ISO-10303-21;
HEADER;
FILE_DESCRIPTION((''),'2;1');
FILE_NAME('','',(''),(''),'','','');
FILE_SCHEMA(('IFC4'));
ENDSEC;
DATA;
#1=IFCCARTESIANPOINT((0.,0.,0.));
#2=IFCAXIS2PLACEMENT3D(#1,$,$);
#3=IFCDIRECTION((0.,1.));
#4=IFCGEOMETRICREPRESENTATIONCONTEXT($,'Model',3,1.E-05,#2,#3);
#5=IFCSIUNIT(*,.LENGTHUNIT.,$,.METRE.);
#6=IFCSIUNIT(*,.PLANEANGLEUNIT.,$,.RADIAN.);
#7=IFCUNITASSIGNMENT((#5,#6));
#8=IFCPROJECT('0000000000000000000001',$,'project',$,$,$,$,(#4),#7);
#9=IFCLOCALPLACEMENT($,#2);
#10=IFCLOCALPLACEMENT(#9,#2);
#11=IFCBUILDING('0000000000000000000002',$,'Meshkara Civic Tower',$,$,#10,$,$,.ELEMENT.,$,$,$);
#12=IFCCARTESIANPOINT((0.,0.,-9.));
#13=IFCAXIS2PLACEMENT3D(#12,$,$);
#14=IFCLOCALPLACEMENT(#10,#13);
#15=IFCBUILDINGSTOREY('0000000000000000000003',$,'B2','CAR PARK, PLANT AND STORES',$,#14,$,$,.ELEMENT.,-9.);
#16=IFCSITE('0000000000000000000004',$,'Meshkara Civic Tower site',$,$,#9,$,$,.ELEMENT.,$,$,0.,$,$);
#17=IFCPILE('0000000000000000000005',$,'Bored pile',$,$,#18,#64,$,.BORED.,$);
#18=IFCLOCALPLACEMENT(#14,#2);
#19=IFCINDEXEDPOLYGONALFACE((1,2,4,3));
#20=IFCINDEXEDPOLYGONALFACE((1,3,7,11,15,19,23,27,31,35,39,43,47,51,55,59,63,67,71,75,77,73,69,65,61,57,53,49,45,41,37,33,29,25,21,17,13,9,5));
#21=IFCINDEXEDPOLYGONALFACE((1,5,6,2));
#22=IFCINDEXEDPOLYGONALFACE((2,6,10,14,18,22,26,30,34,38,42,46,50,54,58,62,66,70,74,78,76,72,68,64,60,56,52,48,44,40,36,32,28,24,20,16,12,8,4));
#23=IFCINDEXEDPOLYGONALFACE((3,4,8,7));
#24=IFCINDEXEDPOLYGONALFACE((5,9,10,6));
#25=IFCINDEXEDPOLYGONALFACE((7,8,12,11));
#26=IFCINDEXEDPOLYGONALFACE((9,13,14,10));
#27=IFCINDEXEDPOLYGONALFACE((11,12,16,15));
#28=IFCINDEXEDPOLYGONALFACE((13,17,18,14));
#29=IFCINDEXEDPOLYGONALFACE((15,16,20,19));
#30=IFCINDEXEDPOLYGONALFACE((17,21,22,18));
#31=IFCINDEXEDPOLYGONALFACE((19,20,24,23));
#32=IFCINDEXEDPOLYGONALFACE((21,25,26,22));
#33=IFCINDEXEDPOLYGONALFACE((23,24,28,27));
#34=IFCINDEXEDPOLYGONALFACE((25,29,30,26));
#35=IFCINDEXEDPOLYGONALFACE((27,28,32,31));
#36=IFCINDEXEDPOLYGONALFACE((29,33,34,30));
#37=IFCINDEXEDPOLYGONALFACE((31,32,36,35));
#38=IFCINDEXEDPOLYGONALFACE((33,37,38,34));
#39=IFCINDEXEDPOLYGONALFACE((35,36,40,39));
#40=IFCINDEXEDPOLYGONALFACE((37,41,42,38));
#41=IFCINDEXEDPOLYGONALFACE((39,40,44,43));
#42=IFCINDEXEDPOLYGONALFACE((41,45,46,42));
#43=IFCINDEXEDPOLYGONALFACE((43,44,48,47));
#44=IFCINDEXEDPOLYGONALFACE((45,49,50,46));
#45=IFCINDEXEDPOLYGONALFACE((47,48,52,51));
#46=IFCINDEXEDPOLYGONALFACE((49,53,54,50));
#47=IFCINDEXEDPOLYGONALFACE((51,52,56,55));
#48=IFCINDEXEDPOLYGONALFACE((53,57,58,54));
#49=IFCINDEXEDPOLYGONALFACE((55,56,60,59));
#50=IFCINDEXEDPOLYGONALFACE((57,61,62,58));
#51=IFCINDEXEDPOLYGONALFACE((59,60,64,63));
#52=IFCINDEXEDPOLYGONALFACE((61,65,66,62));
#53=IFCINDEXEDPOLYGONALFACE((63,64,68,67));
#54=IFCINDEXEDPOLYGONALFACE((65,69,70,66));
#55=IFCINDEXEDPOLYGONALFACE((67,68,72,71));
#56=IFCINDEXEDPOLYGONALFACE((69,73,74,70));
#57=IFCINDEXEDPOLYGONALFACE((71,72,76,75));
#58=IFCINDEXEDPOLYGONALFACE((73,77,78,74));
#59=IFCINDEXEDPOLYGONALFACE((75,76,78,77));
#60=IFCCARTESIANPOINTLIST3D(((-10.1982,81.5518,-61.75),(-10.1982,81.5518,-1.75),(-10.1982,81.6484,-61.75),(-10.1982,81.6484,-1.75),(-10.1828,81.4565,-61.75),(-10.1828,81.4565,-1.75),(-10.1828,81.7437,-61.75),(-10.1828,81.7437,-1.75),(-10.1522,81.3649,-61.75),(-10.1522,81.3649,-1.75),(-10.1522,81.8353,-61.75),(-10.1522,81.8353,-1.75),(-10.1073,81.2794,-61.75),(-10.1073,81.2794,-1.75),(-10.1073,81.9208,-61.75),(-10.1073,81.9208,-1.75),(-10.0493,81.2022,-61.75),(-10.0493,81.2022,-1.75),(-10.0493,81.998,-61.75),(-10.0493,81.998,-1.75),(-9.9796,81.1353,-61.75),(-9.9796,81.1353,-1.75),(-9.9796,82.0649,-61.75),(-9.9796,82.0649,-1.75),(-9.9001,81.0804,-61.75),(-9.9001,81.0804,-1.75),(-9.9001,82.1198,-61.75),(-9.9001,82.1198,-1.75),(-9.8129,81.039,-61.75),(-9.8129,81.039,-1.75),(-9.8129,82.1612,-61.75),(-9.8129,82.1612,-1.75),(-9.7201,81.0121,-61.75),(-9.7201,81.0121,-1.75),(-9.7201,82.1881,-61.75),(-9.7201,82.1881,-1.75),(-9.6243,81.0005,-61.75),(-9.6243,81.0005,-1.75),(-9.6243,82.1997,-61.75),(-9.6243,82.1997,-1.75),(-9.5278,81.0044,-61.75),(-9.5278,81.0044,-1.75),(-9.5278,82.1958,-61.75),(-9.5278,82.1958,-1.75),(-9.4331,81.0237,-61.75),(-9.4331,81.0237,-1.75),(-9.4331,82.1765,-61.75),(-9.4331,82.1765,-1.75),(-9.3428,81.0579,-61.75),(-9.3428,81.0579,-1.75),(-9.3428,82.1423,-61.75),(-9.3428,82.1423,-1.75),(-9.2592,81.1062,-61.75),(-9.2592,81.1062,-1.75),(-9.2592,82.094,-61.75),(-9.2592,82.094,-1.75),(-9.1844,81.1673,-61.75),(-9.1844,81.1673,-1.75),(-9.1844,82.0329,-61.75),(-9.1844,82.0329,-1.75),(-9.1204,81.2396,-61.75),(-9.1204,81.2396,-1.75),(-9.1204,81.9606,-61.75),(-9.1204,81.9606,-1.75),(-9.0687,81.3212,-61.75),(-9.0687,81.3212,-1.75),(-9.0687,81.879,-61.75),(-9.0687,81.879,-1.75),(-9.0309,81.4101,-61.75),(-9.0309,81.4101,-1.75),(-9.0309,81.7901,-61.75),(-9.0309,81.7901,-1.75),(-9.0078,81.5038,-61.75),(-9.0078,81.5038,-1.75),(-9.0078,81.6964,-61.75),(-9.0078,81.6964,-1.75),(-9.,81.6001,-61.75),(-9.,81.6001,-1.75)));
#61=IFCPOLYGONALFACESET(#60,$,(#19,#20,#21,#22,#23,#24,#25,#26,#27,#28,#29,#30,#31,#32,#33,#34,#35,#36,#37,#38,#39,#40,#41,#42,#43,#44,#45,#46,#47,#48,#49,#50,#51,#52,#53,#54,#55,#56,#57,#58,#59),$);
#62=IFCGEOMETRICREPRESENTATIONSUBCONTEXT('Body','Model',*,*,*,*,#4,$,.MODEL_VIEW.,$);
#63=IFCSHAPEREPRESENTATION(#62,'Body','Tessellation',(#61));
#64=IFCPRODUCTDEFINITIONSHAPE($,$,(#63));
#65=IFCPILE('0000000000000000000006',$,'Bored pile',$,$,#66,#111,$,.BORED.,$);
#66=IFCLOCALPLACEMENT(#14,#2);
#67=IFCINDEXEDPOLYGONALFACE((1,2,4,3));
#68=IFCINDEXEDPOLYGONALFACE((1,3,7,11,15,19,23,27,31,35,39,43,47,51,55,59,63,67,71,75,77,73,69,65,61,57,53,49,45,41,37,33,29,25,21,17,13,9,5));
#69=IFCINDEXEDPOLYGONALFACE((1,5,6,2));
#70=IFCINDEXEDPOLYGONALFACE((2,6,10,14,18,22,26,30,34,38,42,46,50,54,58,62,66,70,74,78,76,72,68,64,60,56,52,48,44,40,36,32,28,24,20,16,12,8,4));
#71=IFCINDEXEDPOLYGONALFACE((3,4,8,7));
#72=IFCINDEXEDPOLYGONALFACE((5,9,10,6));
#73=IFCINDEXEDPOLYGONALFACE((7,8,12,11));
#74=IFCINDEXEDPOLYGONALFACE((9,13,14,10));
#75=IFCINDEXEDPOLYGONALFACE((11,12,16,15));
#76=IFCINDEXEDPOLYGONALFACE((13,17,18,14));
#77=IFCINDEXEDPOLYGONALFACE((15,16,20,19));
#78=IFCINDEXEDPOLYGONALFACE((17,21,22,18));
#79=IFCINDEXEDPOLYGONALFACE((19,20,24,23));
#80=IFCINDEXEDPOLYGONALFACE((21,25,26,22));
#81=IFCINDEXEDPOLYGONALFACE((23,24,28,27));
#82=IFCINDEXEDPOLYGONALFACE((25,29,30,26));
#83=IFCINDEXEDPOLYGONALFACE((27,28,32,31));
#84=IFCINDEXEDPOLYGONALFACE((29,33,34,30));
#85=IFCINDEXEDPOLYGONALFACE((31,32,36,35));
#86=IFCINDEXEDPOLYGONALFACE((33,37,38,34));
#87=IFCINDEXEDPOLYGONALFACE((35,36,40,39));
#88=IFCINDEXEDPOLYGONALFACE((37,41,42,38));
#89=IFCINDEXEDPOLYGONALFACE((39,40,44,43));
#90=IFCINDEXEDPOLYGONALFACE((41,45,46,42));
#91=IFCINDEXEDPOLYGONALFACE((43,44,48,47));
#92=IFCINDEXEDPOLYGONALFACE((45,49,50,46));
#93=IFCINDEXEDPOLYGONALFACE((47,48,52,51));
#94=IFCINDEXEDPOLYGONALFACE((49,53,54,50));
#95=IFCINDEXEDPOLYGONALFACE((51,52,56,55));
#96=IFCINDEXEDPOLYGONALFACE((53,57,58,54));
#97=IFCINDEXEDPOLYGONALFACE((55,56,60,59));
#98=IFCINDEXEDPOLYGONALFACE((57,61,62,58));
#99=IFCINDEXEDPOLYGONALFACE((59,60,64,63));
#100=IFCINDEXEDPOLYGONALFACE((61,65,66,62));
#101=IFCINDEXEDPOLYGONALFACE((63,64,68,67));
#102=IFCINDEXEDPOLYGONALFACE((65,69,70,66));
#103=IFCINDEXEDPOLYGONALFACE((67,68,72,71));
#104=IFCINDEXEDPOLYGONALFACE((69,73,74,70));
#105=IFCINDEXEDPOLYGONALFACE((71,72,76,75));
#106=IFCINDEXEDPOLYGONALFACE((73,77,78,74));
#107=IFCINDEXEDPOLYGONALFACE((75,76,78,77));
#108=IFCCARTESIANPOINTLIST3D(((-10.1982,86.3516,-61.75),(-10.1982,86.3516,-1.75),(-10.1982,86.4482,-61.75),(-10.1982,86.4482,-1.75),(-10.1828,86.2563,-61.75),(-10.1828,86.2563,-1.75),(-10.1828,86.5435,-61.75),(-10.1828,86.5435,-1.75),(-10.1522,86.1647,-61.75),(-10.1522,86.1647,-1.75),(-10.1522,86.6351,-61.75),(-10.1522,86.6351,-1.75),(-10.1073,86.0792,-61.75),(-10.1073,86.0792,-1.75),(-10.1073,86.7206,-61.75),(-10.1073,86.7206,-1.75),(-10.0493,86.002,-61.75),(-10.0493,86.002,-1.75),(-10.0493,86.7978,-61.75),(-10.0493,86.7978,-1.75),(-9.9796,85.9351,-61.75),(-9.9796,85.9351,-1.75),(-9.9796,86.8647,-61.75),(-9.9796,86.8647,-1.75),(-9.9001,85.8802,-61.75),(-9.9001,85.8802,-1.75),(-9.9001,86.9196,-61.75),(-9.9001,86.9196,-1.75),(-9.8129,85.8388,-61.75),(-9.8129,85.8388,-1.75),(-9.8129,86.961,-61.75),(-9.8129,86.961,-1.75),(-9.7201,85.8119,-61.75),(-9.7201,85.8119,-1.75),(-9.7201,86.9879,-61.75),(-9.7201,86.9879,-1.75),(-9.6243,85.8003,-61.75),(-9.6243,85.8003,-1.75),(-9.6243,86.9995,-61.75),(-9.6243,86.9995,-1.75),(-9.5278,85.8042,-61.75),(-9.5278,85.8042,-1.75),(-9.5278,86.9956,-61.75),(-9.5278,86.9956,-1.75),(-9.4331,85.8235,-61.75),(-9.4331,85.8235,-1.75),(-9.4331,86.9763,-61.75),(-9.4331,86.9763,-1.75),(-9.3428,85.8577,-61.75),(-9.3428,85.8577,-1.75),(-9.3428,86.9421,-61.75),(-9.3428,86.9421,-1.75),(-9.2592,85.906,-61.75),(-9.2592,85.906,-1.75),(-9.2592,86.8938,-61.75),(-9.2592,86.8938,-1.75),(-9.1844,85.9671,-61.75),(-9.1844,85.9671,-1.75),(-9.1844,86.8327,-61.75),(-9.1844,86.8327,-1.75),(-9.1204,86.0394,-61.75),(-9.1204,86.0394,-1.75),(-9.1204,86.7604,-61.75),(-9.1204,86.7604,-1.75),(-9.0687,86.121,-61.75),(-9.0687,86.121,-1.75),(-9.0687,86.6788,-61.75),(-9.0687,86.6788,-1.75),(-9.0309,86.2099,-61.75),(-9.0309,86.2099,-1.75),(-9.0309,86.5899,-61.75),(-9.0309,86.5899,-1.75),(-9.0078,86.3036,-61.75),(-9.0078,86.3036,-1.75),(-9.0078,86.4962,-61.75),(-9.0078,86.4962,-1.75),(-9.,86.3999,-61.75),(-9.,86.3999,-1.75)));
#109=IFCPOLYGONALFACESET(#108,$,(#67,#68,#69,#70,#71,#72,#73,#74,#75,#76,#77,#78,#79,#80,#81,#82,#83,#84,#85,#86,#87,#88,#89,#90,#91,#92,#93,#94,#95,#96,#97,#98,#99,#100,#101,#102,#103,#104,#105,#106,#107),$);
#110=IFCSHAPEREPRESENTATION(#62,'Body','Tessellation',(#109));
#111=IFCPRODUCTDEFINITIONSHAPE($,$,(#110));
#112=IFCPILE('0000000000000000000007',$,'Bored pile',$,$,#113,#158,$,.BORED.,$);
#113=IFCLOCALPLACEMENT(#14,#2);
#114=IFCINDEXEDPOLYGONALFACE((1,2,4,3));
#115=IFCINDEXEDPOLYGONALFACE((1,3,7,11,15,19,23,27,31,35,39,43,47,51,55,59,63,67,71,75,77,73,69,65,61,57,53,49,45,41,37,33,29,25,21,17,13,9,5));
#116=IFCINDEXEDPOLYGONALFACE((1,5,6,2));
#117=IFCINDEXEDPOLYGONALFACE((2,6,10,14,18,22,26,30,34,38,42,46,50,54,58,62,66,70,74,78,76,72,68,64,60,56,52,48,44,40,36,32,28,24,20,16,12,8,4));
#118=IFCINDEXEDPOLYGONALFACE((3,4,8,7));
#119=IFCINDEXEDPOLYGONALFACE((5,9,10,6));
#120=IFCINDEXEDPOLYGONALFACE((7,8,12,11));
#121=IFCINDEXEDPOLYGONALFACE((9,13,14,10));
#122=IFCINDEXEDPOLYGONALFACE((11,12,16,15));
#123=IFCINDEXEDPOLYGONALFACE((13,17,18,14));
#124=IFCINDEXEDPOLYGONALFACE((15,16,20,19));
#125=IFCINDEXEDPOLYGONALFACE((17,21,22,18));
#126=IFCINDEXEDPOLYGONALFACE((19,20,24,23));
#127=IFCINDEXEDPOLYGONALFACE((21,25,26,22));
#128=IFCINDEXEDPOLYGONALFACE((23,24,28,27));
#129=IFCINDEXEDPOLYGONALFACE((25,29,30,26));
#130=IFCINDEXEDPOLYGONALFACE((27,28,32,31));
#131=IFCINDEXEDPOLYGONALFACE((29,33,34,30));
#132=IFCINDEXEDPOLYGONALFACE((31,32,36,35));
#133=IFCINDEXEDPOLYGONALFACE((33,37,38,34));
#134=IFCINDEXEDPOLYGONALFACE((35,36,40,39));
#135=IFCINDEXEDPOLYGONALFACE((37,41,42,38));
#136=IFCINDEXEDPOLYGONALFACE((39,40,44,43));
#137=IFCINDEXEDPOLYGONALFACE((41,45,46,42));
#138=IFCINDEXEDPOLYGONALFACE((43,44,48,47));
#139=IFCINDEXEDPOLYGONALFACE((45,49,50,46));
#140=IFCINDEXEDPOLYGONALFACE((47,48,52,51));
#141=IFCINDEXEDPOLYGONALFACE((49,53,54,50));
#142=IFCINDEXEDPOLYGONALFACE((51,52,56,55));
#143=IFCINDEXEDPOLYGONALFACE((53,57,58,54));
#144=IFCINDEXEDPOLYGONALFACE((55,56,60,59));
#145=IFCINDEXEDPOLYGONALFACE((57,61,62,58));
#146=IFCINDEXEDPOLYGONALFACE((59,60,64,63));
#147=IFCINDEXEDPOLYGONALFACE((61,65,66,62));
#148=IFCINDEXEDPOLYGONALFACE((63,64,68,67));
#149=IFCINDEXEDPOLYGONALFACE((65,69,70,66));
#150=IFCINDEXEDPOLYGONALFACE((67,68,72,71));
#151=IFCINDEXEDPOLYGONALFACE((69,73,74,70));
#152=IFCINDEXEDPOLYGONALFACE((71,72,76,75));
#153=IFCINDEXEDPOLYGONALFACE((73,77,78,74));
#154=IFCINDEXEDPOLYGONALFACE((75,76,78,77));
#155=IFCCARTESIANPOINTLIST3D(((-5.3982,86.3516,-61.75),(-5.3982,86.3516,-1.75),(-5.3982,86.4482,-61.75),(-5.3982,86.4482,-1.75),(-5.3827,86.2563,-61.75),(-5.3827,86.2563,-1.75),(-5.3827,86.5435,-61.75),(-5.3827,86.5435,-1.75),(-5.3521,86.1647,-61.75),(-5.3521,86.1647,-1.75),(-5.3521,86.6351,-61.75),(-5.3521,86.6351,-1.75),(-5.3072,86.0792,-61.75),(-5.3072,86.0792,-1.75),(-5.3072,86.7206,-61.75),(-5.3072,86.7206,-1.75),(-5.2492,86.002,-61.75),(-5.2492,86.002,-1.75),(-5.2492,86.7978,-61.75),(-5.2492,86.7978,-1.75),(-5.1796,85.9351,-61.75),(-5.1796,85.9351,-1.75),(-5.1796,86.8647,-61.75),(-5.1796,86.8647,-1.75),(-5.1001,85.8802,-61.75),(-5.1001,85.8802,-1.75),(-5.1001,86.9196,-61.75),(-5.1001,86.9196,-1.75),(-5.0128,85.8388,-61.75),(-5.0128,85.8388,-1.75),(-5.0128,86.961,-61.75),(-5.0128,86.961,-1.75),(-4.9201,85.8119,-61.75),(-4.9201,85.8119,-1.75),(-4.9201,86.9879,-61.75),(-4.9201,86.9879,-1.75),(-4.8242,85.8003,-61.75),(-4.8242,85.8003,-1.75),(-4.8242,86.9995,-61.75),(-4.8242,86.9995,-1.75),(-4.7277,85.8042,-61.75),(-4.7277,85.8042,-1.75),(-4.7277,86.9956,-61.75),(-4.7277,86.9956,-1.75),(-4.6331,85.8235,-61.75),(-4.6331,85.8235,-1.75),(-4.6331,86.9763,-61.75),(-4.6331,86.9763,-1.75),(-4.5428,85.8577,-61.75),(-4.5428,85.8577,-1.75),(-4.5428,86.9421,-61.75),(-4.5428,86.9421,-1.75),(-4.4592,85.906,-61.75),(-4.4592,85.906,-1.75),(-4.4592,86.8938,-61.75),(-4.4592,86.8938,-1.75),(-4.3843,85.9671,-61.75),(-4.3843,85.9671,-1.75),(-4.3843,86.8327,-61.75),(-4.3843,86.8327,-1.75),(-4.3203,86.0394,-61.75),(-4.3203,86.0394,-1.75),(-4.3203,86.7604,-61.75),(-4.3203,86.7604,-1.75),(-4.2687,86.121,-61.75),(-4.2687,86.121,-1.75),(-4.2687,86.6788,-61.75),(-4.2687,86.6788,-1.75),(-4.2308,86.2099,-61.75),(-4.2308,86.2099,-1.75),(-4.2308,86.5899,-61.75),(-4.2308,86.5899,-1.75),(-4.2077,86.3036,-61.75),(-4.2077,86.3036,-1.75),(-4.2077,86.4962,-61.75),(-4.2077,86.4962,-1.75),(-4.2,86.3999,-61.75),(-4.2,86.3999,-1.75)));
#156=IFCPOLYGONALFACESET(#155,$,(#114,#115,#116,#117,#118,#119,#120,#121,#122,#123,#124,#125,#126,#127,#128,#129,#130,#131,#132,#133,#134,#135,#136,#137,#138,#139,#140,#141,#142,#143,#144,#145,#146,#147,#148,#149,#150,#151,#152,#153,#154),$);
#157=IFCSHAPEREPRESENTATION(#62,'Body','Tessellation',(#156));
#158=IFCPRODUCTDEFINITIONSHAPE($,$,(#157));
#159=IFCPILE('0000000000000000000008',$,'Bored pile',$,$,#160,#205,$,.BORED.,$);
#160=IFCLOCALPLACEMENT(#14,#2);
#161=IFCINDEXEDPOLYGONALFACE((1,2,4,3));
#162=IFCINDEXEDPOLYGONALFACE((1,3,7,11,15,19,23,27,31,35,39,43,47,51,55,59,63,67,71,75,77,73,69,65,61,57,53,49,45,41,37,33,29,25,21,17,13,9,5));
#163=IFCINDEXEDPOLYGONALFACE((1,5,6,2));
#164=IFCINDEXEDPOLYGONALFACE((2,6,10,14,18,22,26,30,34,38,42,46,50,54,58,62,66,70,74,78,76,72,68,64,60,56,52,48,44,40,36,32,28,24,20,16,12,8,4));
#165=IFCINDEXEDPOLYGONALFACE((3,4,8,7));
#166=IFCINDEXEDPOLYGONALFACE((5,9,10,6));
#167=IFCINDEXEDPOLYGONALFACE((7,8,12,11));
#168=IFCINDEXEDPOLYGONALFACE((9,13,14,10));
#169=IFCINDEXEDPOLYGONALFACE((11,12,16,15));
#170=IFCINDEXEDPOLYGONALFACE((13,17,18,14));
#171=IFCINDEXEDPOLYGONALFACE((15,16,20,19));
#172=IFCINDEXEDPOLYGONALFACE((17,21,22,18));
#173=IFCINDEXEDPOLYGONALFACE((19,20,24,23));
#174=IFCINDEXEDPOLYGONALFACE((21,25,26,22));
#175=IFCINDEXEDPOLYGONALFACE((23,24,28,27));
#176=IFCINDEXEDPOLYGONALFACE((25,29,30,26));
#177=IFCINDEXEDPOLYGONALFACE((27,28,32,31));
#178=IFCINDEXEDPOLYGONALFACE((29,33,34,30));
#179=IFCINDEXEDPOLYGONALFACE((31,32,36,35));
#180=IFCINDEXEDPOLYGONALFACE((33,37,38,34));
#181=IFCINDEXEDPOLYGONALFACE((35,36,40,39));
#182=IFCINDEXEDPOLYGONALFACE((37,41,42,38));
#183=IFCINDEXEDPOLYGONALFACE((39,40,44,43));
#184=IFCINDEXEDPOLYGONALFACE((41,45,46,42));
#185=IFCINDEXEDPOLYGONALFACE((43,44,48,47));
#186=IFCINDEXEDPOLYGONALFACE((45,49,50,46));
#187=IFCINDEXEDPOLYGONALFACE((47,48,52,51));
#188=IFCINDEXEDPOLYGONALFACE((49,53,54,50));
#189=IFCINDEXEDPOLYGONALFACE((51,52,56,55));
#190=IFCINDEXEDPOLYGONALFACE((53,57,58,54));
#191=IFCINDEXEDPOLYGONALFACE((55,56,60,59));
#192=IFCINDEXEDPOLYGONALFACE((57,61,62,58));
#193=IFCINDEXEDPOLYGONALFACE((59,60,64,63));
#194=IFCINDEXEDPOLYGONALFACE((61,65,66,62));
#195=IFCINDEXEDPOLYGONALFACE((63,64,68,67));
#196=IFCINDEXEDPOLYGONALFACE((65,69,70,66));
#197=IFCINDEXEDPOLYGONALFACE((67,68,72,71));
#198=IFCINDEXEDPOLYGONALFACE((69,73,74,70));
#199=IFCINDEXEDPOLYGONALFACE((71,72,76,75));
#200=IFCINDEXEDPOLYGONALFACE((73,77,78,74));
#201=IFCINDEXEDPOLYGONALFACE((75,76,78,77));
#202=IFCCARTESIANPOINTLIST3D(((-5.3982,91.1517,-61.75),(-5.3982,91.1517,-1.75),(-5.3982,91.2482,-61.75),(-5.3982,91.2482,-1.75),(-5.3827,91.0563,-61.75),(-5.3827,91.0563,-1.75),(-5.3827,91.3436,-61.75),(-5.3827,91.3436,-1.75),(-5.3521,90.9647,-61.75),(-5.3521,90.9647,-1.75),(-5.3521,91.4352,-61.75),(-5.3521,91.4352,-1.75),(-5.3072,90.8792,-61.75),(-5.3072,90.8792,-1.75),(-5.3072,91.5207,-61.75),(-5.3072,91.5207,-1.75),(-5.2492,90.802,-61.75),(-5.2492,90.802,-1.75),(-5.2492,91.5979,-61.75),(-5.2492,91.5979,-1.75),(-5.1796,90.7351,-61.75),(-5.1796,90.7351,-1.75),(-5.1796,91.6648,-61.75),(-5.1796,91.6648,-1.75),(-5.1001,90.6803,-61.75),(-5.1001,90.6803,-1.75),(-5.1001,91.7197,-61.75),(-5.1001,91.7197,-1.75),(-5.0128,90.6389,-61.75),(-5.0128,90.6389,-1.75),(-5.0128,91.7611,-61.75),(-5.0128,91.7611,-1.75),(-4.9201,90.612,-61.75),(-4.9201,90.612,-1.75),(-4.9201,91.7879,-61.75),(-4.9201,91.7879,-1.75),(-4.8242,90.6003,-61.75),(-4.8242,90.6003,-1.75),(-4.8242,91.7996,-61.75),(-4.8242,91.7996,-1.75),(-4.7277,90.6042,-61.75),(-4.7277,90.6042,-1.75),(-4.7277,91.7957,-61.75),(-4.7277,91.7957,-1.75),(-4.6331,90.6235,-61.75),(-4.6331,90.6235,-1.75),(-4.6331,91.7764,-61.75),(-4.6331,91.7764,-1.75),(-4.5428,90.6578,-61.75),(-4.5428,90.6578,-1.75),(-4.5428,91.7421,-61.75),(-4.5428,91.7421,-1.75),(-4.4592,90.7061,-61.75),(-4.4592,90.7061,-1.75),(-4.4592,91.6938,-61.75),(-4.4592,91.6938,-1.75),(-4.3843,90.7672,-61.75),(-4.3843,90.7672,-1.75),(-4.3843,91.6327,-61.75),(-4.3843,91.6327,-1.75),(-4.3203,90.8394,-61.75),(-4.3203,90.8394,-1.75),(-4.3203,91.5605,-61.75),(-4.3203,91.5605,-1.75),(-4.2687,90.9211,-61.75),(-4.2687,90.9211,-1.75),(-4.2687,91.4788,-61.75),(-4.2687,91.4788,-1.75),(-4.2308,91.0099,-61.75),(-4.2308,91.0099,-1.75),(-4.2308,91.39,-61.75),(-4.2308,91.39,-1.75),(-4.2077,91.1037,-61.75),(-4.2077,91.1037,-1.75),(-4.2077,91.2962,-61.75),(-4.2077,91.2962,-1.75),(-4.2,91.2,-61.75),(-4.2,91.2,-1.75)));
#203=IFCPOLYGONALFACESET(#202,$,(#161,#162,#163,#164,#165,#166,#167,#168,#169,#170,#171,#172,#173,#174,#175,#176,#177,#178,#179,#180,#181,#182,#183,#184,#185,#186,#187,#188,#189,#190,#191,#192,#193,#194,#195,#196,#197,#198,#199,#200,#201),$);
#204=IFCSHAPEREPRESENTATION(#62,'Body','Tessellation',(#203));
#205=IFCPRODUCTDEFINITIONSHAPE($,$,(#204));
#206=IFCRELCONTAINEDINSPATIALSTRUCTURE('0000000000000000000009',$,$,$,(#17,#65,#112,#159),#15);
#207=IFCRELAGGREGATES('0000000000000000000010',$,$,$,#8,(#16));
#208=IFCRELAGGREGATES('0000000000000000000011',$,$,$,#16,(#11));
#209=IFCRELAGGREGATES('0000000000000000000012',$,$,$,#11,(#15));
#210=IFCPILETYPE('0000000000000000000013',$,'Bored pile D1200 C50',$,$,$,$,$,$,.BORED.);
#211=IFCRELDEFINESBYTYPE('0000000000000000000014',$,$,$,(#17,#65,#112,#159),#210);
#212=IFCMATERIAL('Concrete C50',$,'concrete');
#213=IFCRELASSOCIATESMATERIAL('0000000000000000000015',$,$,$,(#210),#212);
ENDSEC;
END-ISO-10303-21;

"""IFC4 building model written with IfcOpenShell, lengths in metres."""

from ifc_helpers import new_model, si_unit, direction, frame, origin, origin_2d, place, context, subcontext, project, spatial, circle, extrude, material, material_profile, profile_set, type_object, element, save


model = new_model("IFC4")

# Units and contexts
model_context = context("Model", 3, precision=1e-05, world=origin(), true_north=direction((0.0, 1.0)))
body_context = subcontext(model_context, "Body", "Model", "MODEL_VIEW")
ifc_project = project(units=[si_unit("LENGTHUNIT", "METRE"), si_unit("PLANEANGLEUNIT", "RADIAN")], contexts=[model_context])

# Site, building, storey
site_placement = place(None, origin())
site = spatial("IfcSite", under=ifc_project, at=site_placement, Name="Meshkara Civic Tower site", CompositionType="ELEMENT", RefElevation=0.0)
building_placement = place(site_placement, origin())
building = spatial("IfcBuilding", under=site, at=building_placement, Name="Meshkara Civic Tower", CompositionType="ELEMENT")
storey_placement = place(building_placement, frame((0.0, 0.0, -9.0)))
storey = spatial("IfcBuildingStorey", under=building, at=storey_placement, Name="B2", Description="CAR PARK, PLANT AND STORES", CompositionType="ELEMENT", Elevation=-9.0)

# Piles
ifc_material_1 = material(Name="Concrete C50", Category="concrete")
ifc_material_profile_1 = material_profile(ifc_material_1, circle(Radius=0.6001, at=origin_2d()))
ifc_profile_set_1 = profile_set([ifc_material_profile_1], Name="Concrete C50")
pile_type = type_object("IfcPileType", Name="Bored pile D1200 C50", PredefinedType="BORED", material=ifc_profile_set_1)
for number, where, z_axis, x_axis, name in (
    (1, (-9.6001, 81.6001, -1.75), (0.0, 0.0, -1.0), (1.0, 0.0, 0.0), "Bored pile"),
    (2, (-9.6001, 86.3999, -1.75), (0.0, 0.0, -1.0), (1.0, 0.0, 0.0), "Bored pile"),
    (3, (-4.8, 86.3999, -1.75), (0.0, 0.0, -1.0), (1.0, 0.0, 0.0), "Bored pile"),
    (4, (-4.8, 91.2, -1.75), (0.0, 0.0, -1.0), (1.0, 0.0, 0.0), "Bored pile"),
):
    element("IfcPile", number, at=place(storey_placement, frame(where, z_axis=z_axis, x_axis=x_axis)), inside=storey, type_object=pile_type, Name=name, PredefinedType="BORED", context=body_context, shape_type="SweptSolid", body=[
        extrude(circle(Radius=0.6001, at=origin_2d()), origin(), (0.0, 0.0, 1.0), 60.0),
    ])

save(model, "model.ifc")
